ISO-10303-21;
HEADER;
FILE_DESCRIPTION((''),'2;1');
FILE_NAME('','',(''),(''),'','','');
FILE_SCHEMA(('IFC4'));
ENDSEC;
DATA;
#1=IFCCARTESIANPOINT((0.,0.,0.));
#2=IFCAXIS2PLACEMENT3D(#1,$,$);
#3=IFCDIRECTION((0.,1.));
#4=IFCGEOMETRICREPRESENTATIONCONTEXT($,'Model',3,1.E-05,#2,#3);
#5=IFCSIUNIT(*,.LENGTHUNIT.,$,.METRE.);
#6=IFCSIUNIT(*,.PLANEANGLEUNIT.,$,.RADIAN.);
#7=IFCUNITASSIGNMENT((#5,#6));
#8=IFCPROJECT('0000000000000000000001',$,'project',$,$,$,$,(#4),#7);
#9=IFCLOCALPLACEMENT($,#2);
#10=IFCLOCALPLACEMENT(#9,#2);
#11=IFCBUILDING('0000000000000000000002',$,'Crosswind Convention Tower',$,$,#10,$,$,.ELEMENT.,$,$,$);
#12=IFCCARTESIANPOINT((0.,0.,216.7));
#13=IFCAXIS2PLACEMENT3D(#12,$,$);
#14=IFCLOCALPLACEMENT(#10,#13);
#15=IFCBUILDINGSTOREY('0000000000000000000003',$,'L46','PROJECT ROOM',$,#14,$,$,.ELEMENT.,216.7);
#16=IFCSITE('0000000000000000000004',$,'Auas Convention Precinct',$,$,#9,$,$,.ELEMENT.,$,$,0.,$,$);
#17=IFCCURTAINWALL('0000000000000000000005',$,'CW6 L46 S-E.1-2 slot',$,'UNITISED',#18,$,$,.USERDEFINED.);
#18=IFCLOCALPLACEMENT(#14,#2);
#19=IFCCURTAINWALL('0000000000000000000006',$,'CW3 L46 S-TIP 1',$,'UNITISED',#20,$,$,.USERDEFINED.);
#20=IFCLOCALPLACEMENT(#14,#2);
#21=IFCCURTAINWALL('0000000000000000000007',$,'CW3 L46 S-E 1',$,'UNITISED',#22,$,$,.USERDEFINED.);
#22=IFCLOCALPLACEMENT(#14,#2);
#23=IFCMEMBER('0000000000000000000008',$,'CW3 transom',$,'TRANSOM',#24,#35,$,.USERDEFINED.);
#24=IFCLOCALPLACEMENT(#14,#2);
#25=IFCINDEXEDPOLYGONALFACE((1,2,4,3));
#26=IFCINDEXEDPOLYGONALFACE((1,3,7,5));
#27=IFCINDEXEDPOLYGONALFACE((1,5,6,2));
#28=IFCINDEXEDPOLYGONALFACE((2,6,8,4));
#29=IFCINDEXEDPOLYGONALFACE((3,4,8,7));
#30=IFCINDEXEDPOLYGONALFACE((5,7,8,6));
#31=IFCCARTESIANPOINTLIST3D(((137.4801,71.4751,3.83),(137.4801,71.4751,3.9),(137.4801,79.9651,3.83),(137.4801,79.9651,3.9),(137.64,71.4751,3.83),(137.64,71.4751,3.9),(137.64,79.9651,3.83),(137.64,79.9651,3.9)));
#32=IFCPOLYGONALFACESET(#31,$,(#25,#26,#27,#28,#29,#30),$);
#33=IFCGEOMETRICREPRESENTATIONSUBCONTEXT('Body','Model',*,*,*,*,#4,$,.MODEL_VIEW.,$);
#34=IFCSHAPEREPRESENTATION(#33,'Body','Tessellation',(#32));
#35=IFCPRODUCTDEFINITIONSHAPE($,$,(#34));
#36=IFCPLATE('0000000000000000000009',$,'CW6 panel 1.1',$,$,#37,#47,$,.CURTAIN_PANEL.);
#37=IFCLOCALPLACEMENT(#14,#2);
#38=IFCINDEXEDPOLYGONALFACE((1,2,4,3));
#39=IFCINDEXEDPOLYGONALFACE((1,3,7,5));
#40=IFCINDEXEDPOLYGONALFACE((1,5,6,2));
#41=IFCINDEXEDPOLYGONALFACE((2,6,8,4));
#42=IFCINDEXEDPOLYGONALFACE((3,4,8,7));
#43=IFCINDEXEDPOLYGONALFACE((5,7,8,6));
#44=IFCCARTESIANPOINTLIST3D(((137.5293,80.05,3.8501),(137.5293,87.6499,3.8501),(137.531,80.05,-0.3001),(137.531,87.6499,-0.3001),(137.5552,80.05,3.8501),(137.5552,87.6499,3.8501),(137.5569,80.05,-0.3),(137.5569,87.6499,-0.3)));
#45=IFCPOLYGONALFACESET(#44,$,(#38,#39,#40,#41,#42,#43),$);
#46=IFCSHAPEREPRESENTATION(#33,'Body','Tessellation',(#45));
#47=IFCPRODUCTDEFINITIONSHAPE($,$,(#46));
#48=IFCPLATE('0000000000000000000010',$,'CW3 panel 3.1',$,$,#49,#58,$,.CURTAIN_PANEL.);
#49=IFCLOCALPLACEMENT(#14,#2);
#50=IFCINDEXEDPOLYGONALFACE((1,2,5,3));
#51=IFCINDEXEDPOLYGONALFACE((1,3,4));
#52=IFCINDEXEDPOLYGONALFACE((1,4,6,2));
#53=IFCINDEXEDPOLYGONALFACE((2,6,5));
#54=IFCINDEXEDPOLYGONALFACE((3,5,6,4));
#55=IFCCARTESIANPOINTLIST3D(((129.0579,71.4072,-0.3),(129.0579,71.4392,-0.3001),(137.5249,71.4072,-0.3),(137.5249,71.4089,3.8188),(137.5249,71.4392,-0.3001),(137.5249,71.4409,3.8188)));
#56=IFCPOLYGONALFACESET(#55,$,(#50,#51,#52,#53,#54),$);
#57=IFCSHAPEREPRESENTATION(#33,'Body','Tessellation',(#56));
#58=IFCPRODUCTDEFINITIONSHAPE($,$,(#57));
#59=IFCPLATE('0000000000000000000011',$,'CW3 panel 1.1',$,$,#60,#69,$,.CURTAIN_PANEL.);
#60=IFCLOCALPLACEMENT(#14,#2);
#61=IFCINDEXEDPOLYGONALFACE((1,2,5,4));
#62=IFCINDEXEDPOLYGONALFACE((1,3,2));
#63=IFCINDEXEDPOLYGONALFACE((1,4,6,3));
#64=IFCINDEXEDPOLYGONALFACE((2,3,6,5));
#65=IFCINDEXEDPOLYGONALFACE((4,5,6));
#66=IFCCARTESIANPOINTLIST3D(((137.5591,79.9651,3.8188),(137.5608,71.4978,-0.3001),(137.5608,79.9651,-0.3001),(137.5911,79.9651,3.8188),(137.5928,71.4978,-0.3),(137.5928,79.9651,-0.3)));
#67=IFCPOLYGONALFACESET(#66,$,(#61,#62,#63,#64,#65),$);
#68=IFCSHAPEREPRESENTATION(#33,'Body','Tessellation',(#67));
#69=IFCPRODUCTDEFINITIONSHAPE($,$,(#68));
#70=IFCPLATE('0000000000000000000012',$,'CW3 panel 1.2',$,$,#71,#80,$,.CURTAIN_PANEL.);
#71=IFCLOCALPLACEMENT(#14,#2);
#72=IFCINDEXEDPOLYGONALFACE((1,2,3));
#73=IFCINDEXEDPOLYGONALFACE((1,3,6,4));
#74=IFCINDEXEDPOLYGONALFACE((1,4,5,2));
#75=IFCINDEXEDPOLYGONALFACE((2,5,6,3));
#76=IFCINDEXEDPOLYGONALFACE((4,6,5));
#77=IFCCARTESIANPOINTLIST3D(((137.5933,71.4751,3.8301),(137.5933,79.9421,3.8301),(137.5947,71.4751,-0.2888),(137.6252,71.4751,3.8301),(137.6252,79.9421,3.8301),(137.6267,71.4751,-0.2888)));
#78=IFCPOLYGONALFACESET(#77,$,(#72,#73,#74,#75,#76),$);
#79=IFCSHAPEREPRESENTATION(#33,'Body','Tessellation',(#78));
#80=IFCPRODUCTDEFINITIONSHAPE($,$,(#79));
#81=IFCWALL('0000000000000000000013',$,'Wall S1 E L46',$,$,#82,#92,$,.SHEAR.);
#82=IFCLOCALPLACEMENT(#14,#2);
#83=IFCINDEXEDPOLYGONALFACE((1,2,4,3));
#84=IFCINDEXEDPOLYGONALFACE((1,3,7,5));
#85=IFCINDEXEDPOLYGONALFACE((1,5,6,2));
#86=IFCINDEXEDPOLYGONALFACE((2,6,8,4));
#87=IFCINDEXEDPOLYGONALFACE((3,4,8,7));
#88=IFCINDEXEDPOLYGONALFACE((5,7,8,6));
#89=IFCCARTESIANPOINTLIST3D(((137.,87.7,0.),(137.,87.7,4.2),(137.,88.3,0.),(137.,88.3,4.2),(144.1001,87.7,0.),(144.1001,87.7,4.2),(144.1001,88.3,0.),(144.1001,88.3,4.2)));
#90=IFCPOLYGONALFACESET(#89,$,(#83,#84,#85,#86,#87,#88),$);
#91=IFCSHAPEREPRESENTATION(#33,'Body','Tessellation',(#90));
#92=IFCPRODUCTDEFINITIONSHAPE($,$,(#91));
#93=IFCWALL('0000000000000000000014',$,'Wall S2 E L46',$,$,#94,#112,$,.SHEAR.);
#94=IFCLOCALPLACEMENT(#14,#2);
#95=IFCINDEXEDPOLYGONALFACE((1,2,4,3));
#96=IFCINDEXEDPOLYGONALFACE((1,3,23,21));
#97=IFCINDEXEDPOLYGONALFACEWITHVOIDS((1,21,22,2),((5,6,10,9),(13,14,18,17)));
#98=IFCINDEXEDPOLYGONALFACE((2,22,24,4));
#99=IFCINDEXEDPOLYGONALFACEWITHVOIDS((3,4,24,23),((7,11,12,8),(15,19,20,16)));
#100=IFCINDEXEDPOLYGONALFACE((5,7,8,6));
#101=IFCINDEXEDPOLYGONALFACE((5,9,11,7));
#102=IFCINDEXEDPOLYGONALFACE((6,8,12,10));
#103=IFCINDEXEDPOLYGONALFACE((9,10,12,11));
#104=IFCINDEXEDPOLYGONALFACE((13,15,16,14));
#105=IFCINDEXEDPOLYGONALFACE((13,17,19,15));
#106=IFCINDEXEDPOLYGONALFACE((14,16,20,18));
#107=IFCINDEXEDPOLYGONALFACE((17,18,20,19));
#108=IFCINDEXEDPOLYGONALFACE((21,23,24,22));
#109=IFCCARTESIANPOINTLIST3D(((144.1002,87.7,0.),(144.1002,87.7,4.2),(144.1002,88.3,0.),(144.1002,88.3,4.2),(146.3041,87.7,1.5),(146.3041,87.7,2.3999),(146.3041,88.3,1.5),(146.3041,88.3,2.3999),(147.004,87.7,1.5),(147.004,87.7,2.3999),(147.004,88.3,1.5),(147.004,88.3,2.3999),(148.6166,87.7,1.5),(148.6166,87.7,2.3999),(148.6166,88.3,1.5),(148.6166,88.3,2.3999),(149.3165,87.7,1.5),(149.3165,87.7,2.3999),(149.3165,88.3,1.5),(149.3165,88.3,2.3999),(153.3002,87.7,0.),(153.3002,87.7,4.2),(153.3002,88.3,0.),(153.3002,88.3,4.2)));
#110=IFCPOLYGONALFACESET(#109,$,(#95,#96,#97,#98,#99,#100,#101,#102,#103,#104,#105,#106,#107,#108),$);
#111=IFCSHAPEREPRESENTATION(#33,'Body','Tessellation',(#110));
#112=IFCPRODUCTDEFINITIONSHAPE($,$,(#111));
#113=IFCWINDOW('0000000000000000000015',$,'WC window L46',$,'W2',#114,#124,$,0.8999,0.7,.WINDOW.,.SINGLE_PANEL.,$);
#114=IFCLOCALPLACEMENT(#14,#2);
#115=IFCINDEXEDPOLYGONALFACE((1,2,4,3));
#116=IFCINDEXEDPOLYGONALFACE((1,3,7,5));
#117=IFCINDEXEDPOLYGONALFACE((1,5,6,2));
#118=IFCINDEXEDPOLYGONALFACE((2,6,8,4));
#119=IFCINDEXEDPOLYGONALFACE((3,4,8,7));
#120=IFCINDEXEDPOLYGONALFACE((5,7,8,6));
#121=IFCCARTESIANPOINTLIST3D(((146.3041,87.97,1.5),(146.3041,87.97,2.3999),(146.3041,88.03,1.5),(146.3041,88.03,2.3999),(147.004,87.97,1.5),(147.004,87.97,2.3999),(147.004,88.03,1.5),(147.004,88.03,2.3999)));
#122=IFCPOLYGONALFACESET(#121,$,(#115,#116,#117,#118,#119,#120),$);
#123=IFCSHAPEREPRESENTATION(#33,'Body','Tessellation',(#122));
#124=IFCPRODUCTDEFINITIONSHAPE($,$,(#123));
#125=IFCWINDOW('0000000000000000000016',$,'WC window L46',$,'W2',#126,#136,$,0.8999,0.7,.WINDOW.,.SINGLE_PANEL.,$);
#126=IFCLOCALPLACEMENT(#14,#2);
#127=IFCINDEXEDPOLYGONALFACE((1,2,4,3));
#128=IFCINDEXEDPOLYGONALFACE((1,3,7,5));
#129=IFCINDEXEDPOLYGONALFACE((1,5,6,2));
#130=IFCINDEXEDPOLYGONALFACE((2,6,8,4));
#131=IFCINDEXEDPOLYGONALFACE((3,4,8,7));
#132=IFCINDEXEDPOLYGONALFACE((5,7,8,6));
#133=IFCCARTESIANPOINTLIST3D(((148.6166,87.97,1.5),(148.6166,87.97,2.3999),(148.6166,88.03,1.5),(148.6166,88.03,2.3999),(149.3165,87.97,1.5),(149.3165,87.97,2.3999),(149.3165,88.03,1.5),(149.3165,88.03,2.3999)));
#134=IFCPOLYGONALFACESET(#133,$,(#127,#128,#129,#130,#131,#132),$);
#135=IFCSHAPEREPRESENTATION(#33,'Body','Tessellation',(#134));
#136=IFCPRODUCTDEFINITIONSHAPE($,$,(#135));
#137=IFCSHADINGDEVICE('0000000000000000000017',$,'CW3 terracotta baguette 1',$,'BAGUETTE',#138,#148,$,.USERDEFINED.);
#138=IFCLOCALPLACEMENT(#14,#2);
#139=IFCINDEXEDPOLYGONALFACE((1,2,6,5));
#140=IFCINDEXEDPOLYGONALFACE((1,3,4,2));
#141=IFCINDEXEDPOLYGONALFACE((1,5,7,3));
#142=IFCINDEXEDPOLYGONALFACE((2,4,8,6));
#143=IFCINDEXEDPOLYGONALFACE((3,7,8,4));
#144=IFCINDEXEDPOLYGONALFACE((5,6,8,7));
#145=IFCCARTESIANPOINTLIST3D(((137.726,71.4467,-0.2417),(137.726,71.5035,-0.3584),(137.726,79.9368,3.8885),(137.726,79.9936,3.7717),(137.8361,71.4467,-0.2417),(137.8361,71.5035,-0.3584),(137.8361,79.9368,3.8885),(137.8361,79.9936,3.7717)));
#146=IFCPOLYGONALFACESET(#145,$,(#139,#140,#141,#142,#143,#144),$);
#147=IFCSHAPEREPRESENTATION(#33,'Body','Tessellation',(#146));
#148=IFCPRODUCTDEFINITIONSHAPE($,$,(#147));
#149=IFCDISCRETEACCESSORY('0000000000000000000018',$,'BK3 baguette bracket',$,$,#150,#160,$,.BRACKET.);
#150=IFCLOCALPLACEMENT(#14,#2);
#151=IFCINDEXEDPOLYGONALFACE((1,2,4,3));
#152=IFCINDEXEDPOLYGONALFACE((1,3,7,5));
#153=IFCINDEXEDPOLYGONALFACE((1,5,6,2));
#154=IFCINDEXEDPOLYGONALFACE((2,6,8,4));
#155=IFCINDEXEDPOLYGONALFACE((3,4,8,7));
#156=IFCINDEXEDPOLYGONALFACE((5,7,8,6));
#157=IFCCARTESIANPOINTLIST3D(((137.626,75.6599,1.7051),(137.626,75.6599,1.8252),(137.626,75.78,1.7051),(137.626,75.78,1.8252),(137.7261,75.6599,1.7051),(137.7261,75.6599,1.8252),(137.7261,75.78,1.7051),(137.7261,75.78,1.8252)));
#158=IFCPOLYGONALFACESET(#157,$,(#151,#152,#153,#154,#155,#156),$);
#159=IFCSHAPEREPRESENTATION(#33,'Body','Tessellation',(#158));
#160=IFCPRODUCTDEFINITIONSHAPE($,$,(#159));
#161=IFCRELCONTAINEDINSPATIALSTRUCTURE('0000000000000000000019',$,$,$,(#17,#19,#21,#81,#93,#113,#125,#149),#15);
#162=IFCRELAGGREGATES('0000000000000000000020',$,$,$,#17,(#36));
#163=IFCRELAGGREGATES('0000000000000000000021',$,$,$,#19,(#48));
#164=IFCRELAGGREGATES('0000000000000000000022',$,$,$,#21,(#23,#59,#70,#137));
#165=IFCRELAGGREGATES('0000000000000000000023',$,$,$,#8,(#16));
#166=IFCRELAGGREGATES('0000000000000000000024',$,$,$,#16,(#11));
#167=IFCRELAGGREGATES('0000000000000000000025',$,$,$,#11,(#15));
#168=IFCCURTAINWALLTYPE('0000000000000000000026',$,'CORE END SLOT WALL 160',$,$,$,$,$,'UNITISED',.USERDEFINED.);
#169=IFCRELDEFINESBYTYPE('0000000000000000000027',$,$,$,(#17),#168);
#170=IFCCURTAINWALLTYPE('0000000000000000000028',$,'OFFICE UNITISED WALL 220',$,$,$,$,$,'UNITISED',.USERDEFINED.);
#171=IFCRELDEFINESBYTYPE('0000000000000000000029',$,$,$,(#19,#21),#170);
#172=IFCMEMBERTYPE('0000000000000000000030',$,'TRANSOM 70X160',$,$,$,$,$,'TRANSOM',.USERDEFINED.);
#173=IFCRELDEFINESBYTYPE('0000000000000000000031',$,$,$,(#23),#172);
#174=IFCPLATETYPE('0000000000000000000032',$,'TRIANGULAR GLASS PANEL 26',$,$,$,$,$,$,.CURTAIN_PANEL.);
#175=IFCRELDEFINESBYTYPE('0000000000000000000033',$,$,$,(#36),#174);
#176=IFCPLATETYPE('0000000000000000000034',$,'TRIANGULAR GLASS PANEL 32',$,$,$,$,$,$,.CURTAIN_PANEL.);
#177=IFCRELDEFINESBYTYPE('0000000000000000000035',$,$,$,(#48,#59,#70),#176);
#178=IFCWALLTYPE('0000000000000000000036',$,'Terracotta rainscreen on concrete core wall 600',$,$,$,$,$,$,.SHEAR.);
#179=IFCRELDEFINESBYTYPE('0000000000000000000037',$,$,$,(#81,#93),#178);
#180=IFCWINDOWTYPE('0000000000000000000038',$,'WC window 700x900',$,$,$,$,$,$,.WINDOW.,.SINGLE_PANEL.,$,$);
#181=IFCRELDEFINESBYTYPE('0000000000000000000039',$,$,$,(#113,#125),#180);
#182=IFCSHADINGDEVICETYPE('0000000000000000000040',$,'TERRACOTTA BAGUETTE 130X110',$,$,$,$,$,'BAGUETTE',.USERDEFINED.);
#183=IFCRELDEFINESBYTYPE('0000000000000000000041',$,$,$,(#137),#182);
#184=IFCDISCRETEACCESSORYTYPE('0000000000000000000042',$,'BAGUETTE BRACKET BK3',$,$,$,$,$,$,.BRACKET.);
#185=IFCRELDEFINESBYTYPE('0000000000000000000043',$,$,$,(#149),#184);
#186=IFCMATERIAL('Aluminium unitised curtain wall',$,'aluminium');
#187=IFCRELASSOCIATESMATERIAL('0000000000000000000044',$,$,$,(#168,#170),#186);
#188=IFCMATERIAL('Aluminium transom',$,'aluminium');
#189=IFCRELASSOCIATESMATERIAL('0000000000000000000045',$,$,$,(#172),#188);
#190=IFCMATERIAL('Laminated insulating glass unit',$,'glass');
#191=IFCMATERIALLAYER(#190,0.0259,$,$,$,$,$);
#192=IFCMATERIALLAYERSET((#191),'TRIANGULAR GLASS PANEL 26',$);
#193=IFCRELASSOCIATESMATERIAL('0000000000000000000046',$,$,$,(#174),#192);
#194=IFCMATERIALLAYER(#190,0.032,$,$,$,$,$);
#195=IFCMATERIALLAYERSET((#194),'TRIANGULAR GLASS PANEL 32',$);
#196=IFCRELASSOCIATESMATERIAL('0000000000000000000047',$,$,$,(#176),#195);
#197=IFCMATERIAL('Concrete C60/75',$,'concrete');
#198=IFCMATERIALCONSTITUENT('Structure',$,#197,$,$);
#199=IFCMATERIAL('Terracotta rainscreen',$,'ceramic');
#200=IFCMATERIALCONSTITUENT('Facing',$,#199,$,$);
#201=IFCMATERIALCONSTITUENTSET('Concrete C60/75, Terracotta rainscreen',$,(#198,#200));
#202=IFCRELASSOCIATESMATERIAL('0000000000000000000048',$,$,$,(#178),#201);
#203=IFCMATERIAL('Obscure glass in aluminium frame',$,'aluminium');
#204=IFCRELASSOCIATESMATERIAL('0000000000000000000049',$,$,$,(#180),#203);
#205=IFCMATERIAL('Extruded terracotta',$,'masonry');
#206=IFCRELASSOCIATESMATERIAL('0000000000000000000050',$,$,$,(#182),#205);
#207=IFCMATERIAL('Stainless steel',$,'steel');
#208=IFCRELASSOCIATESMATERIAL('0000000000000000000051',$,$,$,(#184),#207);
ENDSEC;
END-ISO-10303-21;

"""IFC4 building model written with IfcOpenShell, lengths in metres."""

from ifc_helpers import new_model, si_unit, direction, frame, frame_2d, origin, origin_2d, place, context, subcontext, project, spatial, polyline, rectangle, outline, extrude, material, layer, layer_set, constituent, constituent_set, material_profile, profile_set, type_object, element, fill, aggregate, save


model = new_model("IFC4")

# Units and contexts
model_context = context("Model", 3, precision=1e-05, world=origin(), true_north=direction((0.0, 1.0)))
body_context = subcontext(model_context, "Body", "Model", "MODEL_VIEW")
ifc_project = project(units=[si_unit("LENGTHUNIT", "METRE"), si_unit("PLANEANGLEUNIT", "RADIAN")], contexts=[model_context])

# Site, building, storey
site_placement = place(None, origin())
site = spatial("IfcSite", under=ifc_project, at=site_placement, Name="Auas Convention Precinct", CompositionType="ELEMENT", RefElevation=0.0)
building_placement = place(site_placement, origin())
building = spatial("IfcBuilding", under=site, at=building_placement, Name="Crosswind Convention Tower", CompositionType="ELEMENT")
storey_placement = place(building_placement, frame((0.0, 0.0, 216.7)))
storey = spatial("IfcBuildingStorey", under=building, at=storey_placement, Name="L46", Description="PROJECT ROOM", CompositionType="ELEMENT", Elevation=216.7)

# Shared definitions
ifc_material_1 = material(Name="Concrete C60/75", Category="concrete")

# Curtain wall
ifc_material_2 = material(Name="Aluminium unitised curtain wall", Category="aluminium")
curtain_wall_type_1 = type_object("IfcCurtainWallType", Name="CORE END SLOT WALL 160", ElementType="UNITISED", PredefinedType="USERDEFINED", material=ifc_material_2)
curtain_wall_1_placement = place(storey_placement, origin())
curtain_wall_1 = element("IfcCurtainWall", 1, at=curtain_wall_1_placement, inside=storey, type_object=curtain_wall_type_1, Name="CW6 L46 S-E.1-2 slot", ObjectType="UNITISED", PredefinedType="USERDEFINED")

# Curtain walls
curtain_wall_type_2 = type_object("IfcCurtainWallType", Name="OFFICE UNITISED WALL 220", ElementType="UNITISED", PredefinedType="USERDEFINED", material=ifc_material_2)
curtain_wall_2_placement = place(storey_placement, origin())
curtain_wall_2 = element("IfcCurtainWall", 2, at=curtain_wall_2_placement, inside=storey, type_object=curtain_wall_type_2, Name="CW3 L46 S-TIP 1", ObjectType="UNITISED", PredefinedType="USERDEFINED")
curtain_wall_3_placement = place(storey_placement, origin())
curtain_wall_3 = element("IfcCurtainWall", 3, at=curtain_wall_3_placement, inside=storey, type_object=curtain_wall_type_2, Name="CW3 L46 S-E 1", ObjectType="UNITISED", PredefinedType="USERDEFINED")

# Member
ifc_material_3 = material(Name="Aluminium transom", Category="aluminium")
ifc_material_profile_1 = material_profile(ifc_material_3, rectangle(XDim=0.1599, YDim=0.0701, at=origin_2d()), Name="AL 160X70")
ifc_profile_set_1 = profile_set([ifc_material_profile_1], Name="Aluminium transom")
member_type_1 = type_object("IfcMemberType", Name="TRANSOM 70X160", ElementType="TRANSOM", PredefinedType="USERDEFINED", material=ifc_profile_set_1)
member_1_placement = place(storey_placement, frame((137.5601, 71.4751, 3.865), z_axis=(0.0, 1.0, 0.0), x_axis=(-1.0, 0.0, 0.0)))
member_1 = element("IfcMember", 4, at=member_1_placement, type_object=member_type_1, Name="CW3 transom", ObjectType="TRANSOM", PredefinedType="USERDEFINED", context=body_context, shape_type="SweptSolid", body=[
    extrude(rectangle(XDim=0.1599, YDim=0.0701, at=origin_2d()), origin(), (0.0, 0.0, 1.0), 8.49),
])

# Plates
ifc_material_4 = material(Name="Laminated insulating glass unit", Category="glass")
ifc_layer_1 = layer(ifc_material_4, 0.0259)
ifc_layer_set_1 = layer_set([ifc_layer_1], Name="TRIANGULAR GLASS PANEL 26")
plate_type_1 = type_object("IfcPlateType", Name="TRIANGULAR GLASS PANEL 26", PredefinedType="CURTAIN_PANEL", material=ifc_layer_set_1)
plate_1_placement = place(storey_placement, frame((137.5569, 80.05, -0.3), z_axis=(1.0, 0.0, 0.000412), x_axis=(0.0, 1.0, 0.0)))
plate_1 = element("IfcPlate", 5, at=plate_1_placement, type_object=plate_type_1, Name="CW6 panel 1.1", PredefinedType="CURTAIN_PANEL", context=body_context, shape_type="SweptSolid", body=[
    extrude(outline(polyline([(0.0, 0.0), (7.5999, 0.0), (7.5999, 4.1501), (0.0, 4.1501), (0.0, 0.0)])), origin(), (0.0, 0.0, -1.0), 0.0259),
])
aggregate(curtain_wall_1, [plate_1])
ifc_layer_2 = layer(ifc_material_4, 0.032)
ifc_layer_set_2 = layer_set([ifc_layer_2], Name="TRIANGULAR GLASS PANEL 32")
plate_type_2 = type_object("IfcPlateType", Name="TRIANGULAR GLASS PANEL 32", PredefinedType="CURTAIN_PANEL", material=ifc_layer_set_2)
plate_2_placement = place(storey_placement, frame((137.5249, 71.4072, -0.3), z_axis=(0.0, -1.0, 0.000415), x_axis=(0.0, 0.000415, 1.0)))
plate_2 = element("IfcPlate", 6, at=plate_2_placement, type_object=plate_type_2, Name="CW3 panel 3.1", PredefinedType="CURTAIN_PANEL", context=body_context, shape_type="SweptSolid", body=[
    extrude(outline(polyline([(0.0, 0.0), (4.1189, 0.0), (0.0, 8.467), (0.0, 0.0)])), origin(), (0.0, 0.0, -1.0), 0.032),
])
aggregate(curtain_wall_2, [plate_2])
plate_3_placement = place(storey_placement, frame((137.5928, 79.9651, -0.3), z_axis=(1.0, 0.0, 0.000415), x_axis=(-0.000415, 0.0, 1.0)))
plate_3 = element("IfcPlate", 7, at=plate_3_placement, type_object=plate_type_2, Name="CW3 panel 1.1", PredefinedType="CURTAIN_PANEL", context=body_context, shape_type="SweptSolid", body=[
    extrude(outline(polyline([(0.0, 0.0), (4.1189, 0.0), (0.0, 8.4673), (0.0, 0.0)])), origin(), (0.0, 0.0, -1.0), 0.032),
])
plate_4_placement = place(storey_placement, frame((137.6252, 71.4751, 3.8301), z_axis=(1.0, 0.0, 0.000356), x_axis=(0.000356, 0.0, -1.0)))
plate_4 = element("IfcPlate", 8, at=plate_4_placement, type_object=plate_type_2, Name="CW3 panel 1.2", PredefinedType="CURTAIN_PANEL", context=body_context, shape_type="SweptSolid", body=[
    extrude(outline(polyline([(0.0, 0.0), (4.1189, 0.0), (0.0, 8.467), (0.0, 0.0)])), origin(), (0.0, 0.0, -1.0), 0.032),
])

# Wall
ifc_constituent_1 = constituent(ifc_material_1, Name="Structure")
ifc_material_5 = material(Name="Terracotta rainscreen", Category="ceramic")
ifc_constituent_2 = constituent(ifc_material_5, Name="Facing")
ifc_constituent_set = constituent_set(constituents=[ifc_constituent_1, ifc_constituent_2], Name="Concrete C60/75, Terracotta rainscreen")
wall_type = type_object("IfcWallType", Name="Terracotta rainscreen on concrete core wall 600", PredefinedType="SHEAR", material=ifc_constituent_set)
wall_1_placement = place(storey_placement, frame((137.0, 88.0, 0.0), z_axis=(0.0, 0.0, 1.0), x_axis=(1.0, 0.0, 0.0)))
element("IfcWall", 9, at=wall_1_placement, inside=storey, type_object=wall_type, Name="Wall S1 E L46", PredefinedType="SHEAR", context=body_context, shape_type="SweptSolid", body=[
    extrude(rectangle(XDim=7.1001, YDim=0.6001, at=frame_2d((3.55, 0.0))), origin(), (0.0, 0.0, 1.0), 4.2),
])

# Wall, openings, windows
wall_2_placement = place(storey_placement, frame((144.1001, 88.0, 0.0), z_axis=(0.0, 0.0, 1.0), x_axis=(1.0, 0.0, 0.0)))
wall_2 = element("IfcWall", 10, at=wall_2_placement, inside=storey, type_object=wall_type, Name="Wall S2 E L46", PredefinedType="SHEAR", context=body_context, shape_type="SweptSolid", body=[
    extrude(rectangle(XDim=9.2, YDim=0.6001, at=frame_2d((4.6001, 0.0))), origin(), (0.0, 0.0, 1.0), 4.2),
])
opening_1_placement = place(wall_2_placement, frame((2.2039, 0.0, 1.5)))
opening_1 = element("IfcOpeningElement", 11, at=opening_1_placement, cuts=wall_2, PredefinedType="OPENING", context=body_context, shape_type="SweptSolid", body=[
    extrude(rectangle(XDim=0.7, YDim=0.8999, at=frame_2d((0.3501, 0.45))), frame((0.0, 0.3101, 0.0), z_axis=(0.0, -1.0, 0.0), x_axis=(1.0, 0.0, 0.0)), (0.0, 0.0, 1.0), 0.6201),
])
opening_2_placement = place(wall_2_placement, frame((4.5164, 0.0, 1.5)))
opening_2 = element("IfcOpeningElement", 12, at=opening_2_placement, cuts=wall_2, PredefinedType="OPENING", context=body_context, shape_type="SweptSolid", body=[
    extrude(rectangle(XDim=0.7, YDim=0.8999, at=frame_2d((0.3501, 0.45))), frame((0.0, 0.3101, 0.0), z_axis=(0.0, -1.0, 0.0), x_axis=(1.0, 0.0, 0.0)), (0.0, 0.0, 1.0), 0.6201),
])
ifc_material_6 = material(Name="Obscure glass in aluminium frame", Category="aluminium")
window_type = type_object("IfcWindowType", Name="WC window 700x900", PartitioningType="SINGLE_PANEL", PredefinedType="WINDOW", material=ifc_material_6)
window_1_placement = place(opening_1_placement, origin())
window_1 = element("IfcWindow", 13, at=window_1_placement, inside=storey, type_object=window_type, Name="WC window L46", ObjectType="W2", OverallHeight=0.8999, OverallWidth=0.7, PartitioningType="SINGLE_PANEL", PredefinedType="WINDOW", context=body_context, shape_type="SweptSolid", body=[
    extrude(rectangle(XDim=0.7, YDim=0.8999, at=frame_2d((0.3501, 0.45))), frame((0.0, 0.03, 0.0), z_axis=(0.0, -1.0, 0.0), x_axis=(1.0, 0.0, 0.0)), (0.0, 0.0, 1.0), 0.0601),
])
fill(opening_1, window_1)
window_2_placement = place(opening_2_placement, origin())
window_2 = element("IfcWindow", 14, at=window_2_placement, inside=storey, type_object=window_type, Name="WC window L46", ObjectType="W2", OverallHeight=0.8999, OverallWidth=0.7, PartitioningType="SINGLE_PANEL", PredefinedType="WINDOW", context=body_context, shape_type="SweptSolid", body=[
    extrude(rectangle(XDim=0.7, YDim=0.8999, at=frame_2d((0.3501, 0.45))), frame((0.0, 0.03, 0.0), z_axis=(0.0, -1.0, 0.0), x_axis=(1.0, 0.0, 0.0)), (0.0, 0.0, 1.0), 0.0601),
])
fill(opening_2, window_2)

# Shading device
ifc_material_7 = material(Name="Extruded terracotta", Category="masonry")
ifc_material_profile_2 = material_profile(ifc_material_7, rectangle(XDim=0.1101, YDim=0.1299, at=origin_2d()), Name="TC 110X130")
ifc_profile_set_2 = profile_set([ifc_material_profile_2], Name="Extruded terracotta")
shading_device_type = type_object("IfcShadingDeviceType", Name="TERRACOTTA BAGUETTE 130X110", ElementType="BAGUETTE", PredefinedType="USERDEFINED", material=ifc_profile_set_2)
shading_device_placement = place(storey_placement, frame((137.781, 71.4751, -0.3), z_axis=(0.0, 0.899241, 0.437454), x_axis=(-1.0, 0.0, 0.0)))
shading_device = element("IfcShadingDevice", 15, at=shading_device_placement, type_object=shading_device_type, Name="CW3 terracotta baguette 1", ObjectType="BAGUETTE", PredefinedType="USERDEFINED", context=body_context, shape_type="SweptSolid", body=[
    extrude(rectangle(XDim=0.1101, YDim=0.1299, at=origin_2d()), origin(), (0.0, 0.0, 1.0), 9.4414),
])
aggregate(curtain_wall_3, [member_1, plate_3, plate_4, shading_device])

# Discrete accessory
ifc_material_8 = material(Name="Stainless steel", Category="steel")
discrete_accessory_type = type_object("IfcDiscreteAccessoryType", Name="BAGUETTE BRACKET BK3", PredefinedType="BRACKET", material=ifc_material_8)
discrete_accessory_placement = place(storey_placement, frame((137.676, 75.72, 1.7051), z_axis=(0.0, 0.0, 1.0), x_axis=(0.0, 1.0, 0.0)))
element("IfcDiscreteAccessory", 16, at=discrete_accessory_placement, inside=storey, type_object=discrete_accessory_type, Name="BK3 baguette bracket", PredefinedType="BRACKET", context=body_context, shape_type="SweptSolid", body=[
    extrude(rectangle(XDim=0.1201, YDim=0.1001, at=origin_2d()), origin(), (0.0, 0.0, 1.0), 0.1201),
])

save(model, "model.ifc")
